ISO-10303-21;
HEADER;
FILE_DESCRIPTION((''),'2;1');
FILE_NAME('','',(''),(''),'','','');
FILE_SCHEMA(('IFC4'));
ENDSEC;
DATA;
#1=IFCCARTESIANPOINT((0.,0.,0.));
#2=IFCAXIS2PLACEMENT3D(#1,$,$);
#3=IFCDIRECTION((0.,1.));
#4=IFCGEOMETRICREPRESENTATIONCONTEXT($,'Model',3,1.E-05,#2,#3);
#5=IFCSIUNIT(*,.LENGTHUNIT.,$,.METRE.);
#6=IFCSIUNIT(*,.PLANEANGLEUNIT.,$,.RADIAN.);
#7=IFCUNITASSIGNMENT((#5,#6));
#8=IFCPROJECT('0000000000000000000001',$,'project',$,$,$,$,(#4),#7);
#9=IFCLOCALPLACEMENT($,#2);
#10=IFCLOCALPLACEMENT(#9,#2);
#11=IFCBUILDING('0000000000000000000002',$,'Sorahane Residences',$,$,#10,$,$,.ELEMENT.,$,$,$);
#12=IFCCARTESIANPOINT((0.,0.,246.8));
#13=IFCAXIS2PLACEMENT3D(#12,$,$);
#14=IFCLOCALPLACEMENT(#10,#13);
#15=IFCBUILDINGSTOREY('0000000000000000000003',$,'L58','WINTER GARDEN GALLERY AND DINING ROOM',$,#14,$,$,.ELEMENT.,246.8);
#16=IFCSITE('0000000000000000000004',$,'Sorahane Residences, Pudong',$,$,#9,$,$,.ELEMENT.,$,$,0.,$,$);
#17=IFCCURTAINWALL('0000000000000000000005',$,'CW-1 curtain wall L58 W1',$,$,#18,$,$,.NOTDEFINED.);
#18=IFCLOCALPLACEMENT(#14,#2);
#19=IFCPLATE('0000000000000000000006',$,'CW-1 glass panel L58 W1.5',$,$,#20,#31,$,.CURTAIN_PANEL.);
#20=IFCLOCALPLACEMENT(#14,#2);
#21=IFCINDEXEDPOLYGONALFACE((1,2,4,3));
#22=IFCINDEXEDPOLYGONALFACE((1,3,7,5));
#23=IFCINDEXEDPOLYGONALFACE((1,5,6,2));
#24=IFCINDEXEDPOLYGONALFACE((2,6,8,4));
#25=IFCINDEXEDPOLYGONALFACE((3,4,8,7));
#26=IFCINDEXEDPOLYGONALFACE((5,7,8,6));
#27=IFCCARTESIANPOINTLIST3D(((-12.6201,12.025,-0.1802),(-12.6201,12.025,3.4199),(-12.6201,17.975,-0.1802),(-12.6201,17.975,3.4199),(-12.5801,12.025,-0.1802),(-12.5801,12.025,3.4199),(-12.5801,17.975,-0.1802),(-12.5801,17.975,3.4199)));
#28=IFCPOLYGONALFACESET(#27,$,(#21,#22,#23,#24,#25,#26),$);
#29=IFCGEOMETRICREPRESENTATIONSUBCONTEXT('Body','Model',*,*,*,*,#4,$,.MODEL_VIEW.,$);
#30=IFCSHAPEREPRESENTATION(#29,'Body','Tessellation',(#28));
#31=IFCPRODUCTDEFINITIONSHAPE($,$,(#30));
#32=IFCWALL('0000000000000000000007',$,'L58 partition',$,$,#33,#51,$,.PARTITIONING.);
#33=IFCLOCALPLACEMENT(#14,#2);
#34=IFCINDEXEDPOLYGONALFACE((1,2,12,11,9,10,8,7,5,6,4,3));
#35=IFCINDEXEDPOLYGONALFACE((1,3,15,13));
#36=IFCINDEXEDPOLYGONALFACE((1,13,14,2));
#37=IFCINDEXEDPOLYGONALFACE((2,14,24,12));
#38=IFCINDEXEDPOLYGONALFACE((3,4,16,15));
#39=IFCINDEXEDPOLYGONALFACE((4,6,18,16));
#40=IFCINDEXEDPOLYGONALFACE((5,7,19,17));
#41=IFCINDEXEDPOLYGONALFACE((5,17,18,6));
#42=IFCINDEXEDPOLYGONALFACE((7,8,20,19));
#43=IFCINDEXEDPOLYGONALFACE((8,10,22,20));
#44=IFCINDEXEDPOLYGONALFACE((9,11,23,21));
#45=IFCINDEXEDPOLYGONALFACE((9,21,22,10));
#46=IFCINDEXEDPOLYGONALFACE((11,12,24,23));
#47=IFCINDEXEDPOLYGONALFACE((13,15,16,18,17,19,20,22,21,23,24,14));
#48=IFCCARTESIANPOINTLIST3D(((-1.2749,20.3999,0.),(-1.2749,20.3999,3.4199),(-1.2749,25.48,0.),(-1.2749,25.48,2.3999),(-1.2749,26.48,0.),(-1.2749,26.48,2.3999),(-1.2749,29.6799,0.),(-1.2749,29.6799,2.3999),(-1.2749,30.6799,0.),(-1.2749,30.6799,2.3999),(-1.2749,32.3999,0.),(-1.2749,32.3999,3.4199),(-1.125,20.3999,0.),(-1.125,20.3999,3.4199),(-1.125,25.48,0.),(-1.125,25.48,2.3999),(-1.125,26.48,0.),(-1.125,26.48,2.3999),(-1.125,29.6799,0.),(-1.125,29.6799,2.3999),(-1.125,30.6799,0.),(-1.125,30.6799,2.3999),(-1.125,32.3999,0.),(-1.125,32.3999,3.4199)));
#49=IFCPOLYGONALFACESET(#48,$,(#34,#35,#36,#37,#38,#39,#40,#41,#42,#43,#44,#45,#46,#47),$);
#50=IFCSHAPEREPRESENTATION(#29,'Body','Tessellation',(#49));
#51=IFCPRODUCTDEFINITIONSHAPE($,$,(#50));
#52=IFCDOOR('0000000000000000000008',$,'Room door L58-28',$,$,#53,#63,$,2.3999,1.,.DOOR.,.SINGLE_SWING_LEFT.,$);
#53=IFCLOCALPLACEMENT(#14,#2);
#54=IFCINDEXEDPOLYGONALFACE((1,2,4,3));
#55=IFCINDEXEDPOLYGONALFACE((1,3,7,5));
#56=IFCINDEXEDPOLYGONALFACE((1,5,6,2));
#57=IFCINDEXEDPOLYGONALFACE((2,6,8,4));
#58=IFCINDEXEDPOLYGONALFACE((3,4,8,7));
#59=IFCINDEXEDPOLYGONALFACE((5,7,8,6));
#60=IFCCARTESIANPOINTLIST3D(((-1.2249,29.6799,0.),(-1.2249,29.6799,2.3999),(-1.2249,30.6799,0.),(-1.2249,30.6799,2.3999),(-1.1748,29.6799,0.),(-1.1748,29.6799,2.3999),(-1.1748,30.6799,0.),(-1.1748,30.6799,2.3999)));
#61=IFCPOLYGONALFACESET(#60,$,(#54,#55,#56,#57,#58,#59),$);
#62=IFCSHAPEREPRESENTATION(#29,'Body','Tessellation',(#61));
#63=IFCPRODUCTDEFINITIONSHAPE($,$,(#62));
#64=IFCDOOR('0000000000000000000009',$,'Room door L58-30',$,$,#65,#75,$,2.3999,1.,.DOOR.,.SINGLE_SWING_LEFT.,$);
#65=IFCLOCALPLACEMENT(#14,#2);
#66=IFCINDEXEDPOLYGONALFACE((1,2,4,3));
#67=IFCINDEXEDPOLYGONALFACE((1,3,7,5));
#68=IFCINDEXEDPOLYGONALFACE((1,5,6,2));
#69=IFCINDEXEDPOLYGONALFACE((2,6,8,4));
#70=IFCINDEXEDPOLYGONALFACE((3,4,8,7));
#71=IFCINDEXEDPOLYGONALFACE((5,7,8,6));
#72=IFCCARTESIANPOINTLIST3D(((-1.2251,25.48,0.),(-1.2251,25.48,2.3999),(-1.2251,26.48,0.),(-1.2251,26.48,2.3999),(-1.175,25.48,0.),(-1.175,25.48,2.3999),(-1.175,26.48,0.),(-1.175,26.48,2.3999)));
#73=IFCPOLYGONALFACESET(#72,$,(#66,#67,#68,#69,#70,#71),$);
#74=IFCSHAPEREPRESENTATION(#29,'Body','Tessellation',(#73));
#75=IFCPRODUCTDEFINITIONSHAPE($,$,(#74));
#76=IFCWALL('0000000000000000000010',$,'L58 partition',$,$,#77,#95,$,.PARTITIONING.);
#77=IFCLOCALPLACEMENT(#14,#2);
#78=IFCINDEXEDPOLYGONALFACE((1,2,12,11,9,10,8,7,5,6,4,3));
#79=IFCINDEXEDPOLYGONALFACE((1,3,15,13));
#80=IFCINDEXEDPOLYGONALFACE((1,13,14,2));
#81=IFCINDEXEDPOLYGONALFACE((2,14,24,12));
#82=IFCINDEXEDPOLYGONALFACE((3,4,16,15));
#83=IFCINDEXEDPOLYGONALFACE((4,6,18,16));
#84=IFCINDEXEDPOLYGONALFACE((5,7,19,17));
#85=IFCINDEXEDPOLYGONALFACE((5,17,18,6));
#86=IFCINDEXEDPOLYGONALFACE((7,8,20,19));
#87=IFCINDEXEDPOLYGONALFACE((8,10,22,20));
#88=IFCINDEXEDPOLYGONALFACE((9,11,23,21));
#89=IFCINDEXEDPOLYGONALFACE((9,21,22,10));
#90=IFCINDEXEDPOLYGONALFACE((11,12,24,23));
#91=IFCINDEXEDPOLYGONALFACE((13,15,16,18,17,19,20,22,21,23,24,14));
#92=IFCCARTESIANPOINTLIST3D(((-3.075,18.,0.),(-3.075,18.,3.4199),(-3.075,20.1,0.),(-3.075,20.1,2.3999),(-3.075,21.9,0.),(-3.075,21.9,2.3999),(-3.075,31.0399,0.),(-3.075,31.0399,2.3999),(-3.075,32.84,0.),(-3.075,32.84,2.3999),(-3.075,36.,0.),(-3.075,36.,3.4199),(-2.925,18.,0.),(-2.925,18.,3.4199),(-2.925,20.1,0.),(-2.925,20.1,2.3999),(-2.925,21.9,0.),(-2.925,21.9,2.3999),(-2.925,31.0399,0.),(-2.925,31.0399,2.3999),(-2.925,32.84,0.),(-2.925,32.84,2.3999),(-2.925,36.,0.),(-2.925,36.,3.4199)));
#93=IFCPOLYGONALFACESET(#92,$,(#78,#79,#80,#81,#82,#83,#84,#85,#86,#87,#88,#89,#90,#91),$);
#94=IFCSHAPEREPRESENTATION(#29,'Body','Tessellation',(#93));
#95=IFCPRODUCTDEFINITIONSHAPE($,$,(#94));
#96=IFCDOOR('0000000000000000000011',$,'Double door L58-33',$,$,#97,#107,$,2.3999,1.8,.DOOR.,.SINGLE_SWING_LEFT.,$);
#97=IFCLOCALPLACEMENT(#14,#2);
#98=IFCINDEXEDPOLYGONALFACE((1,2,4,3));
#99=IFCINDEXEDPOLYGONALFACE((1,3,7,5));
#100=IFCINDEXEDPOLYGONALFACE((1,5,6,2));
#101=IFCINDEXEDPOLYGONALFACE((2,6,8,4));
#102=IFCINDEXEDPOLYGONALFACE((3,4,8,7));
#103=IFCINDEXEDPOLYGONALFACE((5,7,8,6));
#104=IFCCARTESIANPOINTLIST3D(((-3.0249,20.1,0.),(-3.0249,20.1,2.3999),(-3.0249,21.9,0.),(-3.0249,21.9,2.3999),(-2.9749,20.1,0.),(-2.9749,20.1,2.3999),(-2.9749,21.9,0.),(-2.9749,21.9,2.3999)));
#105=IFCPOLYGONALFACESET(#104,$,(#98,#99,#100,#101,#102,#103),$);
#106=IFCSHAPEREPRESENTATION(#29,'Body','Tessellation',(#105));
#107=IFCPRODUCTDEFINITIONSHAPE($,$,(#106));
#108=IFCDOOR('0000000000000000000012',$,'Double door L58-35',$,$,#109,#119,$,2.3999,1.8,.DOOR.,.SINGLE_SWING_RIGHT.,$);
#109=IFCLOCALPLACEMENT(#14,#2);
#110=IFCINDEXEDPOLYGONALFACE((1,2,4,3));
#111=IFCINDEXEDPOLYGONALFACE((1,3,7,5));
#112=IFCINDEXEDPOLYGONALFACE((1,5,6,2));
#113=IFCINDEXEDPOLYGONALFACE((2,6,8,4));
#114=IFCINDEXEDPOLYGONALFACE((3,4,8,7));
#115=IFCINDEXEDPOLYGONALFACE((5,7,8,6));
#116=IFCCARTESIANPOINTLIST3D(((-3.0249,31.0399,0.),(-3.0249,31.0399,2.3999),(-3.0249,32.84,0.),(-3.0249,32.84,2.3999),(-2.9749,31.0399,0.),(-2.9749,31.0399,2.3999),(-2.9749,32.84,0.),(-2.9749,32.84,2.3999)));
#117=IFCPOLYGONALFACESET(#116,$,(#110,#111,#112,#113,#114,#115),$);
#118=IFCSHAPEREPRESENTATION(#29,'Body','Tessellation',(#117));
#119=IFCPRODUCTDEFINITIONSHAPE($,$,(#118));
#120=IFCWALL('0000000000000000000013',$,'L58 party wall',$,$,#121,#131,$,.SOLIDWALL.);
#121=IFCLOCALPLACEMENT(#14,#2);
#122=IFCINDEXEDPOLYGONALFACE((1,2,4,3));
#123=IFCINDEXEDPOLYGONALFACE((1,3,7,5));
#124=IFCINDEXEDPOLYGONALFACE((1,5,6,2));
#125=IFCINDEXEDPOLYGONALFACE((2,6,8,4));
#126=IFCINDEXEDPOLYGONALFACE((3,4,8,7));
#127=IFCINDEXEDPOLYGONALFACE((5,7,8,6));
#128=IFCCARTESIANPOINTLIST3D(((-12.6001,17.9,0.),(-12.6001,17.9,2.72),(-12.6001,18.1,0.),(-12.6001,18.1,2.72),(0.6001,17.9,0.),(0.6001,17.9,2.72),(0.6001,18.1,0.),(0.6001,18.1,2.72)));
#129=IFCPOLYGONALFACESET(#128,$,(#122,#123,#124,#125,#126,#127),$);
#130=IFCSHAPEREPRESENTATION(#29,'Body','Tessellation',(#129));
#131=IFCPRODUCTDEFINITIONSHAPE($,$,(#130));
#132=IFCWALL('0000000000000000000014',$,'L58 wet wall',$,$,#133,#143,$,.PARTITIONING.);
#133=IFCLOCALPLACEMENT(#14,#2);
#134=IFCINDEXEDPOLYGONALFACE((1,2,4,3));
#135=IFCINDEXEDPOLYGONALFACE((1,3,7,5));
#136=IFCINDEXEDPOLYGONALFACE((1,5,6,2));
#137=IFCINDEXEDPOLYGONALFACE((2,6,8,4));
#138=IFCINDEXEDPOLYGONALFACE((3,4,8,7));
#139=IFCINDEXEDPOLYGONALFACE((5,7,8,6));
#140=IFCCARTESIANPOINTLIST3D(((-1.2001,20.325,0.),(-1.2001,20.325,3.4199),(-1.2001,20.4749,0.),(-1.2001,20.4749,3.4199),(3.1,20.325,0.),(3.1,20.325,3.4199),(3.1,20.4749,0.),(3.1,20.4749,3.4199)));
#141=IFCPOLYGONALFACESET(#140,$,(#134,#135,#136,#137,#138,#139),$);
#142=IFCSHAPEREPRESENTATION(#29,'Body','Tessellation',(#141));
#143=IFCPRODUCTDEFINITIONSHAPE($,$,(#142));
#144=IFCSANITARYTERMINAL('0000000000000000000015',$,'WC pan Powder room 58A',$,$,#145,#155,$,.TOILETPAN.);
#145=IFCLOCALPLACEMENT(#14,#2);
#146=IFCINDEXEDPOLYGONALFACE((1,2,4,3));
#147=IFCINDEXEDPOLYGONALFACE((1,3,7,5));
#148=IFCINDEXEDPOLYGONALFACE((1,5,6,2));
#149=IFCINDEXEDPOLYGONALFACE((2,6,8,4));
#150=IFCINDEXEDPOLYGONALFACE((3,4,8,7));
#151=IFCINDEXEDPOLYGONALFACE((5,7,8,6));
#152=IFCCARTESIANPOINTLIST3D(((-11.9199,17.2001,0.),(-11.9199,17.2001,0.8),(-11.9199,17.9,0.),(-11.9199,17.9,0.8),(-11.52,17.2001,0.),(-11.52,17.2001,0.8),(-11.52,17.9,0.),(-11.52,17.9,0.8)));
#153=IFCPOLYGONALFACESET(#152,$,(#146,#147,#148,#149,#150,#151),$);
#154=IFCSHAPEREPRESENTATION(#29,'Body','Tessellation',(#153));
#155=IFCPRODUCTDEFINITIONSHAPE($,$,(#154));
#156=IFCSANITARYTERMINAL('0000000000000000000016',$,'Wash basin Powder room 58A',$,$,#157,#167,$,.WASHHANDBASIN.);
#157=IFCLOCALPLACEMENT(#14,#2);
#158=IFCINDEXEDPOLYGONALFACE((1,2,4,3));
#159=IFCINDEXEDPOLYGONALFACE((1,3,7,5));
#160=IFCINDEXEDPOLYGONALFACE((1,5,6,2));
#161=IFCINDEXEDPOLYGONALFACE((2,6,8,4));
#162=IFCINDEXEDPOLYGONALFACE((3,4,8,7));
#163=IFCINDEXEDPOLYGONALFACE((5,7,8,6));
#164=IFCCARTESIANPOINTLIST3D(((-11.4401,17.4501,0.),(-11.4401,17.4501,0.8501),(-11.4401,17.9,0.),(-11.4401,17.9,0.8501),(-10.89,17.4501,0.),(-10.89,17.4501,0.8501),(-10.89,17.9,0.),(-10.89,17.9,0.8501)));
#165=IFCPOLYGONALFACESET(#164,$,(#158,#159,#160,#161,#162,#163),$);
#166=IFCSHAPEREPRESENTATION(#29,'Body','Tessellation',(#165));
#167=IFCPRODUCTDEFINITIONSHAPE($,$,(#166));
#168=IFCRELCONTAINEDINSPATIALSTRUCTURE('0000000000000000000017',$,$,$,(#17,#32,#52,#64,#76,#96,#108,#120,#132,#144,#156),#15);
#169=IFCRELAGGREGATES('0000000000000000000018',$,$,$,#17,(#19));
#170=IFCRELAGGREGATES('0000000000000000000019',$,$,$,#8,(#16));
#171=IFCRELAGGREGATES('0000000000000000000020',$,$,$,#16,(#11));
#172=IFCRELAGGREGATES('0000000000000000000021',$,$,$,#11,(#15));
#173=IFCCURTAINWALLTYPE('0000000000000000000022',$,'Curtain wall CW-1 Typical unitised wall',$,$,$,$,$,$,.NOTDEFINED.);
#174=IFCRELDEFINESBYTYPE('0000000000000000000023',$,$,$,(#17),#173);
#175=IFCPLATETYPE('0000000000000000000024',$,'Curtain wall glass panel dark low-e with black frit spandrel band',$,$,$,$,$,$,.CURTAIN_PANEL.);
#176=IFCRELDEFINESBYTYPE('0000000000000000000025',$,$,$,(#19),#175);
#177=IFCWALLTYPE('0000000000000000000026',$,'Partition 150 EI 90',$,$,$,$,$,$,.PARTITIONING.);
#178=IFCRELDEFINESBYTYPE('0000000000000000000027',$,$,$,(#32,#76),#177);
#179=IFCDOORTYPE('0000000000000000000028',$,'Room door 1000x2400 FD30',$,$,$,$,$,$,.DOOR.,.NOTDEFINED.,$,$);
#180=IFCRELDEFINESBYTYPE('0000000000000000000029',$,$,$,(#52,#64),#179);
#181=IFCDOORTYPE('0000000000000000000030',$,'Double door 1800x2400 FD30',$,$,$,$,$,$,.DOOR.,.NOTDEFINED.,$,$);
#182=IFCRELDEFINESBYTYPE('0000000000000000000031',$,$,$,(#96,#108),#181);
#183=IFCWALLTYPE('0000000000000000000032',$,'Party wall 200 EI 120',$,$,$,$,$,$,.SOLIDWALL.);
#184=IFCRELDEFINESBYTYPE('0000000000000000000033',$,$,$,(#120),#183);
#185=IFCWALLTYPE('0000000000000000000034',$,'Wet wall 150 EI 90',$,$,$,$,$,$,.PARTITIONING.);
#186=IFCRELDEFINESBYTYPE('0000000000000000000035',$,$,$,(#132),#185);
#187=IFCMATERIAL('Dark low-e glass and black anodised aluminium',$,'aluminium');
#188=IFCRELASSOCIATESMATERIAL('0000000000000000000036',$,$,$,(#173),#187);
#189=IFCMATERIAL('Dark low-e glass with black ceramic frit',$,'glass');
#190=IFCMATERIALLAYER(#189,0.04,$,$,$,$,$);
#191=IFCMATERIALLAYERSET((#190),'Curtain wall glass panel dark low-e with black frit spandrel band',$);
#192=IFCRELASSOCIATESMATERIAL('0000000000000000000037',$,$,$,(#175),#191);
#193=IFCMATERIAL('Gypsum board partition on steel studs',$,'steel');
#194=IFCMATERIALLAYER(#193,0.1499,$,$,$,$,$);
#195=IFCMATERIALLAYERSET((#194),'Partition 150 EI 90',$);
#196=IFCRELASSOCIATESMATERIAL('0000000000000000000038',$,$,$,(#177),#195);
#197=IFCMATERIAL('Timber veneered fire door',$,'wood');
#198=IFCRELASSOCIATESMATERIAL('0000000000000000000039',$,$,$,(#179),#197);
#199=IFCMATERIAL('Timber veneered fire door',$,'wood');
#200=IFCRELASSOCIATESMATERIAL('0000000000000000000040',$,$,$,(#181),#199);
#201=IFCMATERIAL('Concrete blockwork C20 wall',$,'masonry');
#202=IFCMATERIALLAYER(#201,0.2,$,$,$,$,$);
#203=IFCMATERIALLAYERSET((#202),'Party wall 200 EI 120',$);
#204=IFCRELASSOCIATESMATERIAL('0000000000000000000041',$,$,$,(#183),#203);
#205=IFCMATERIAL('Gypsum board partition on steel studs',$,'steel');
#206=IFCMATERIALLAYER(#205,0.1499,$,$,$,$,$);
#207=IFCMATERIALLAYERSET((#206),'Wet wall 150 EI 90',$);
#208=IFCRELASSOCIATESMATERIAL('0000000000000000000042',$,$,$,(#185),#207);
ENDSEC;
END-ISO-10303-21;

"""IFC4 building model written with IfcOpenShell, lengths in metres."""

from ifc_helpers import new_model, si_unit, direction, frame, frame_2d, origin, origin_2d, place, context, subcontext, project, spatial, rectangle, extrude, material, layer, layer_set, type_object, element, fill, aggregate, save


model = new_model("IFC4")

# Units and contexts
model_context = context("Model", 3, precision=1e-05, world=origin(), true_north=direction((0.0, 1.0)))
body_context = subcontext(model_context, "Body", "Model", "MODEL_VIEW")
ifc_project = project(units=[si_unit("LENGTHUNIT", "METRE"), si_unit("PLANEANGLEUNIT", "RADIAN")], contexts=[model_context])

# Site, building, storey
site_placement = place(None, origin())
site = spatial("IfcSite", under=ifc_project, at=site_placement, Name="Sorahane Residences, Pudong", CompositionType="ELEMENT", RefElevation=0.0)
building_placement = place(site_placement, origin())
building = spatial("IfcBuilding", under=site, at=building_placement, Name="Sorahane Residences", CompositionType="ELEMENT")
storey_placement = place(building_placement, frame((0.0, 0.0, 246.8)))
storey = spatial("IfcBuildingStorey", under=building, at=storey_placement, Name="L58", Description="WINTER GARDEN GALLERY AND DINING ROOM", CompositionType="ELEMENT", Elevation=246.8)

# Curtain wall
ifc_material_1 = material(Name="Dark low-e glass and black anodised aluminium", Category="aluminium")
curtain_wall_type = type_object("IfcCurtainWallType", Name="Curtain wall CW-1 Typical unitised wall", PredefinedType="NOTDEFINED", material=ifc_material_1)
curtain_wall_placement = place(storey_placement, origin())
curtain_wall = element("IfcCurtainWall", 1, at=curtain_wall_placement, inside=storey, type_object=curtain_wall_type, Name="CW-1 curtain wall L58 W1", PredefinedType="NOTDEFINED")

# Plate
ifc_material_2 = material(Name="Dark low-e glass with black ceramic frit", Category="glass")
ifc_layer_1 = layer(ifc_material_2, 0.04)
ifc_layer_set_1 = layer_set([ifc_layer_1], Name="Curtain wall glass panel dark low-e with black frit spandrel band")
plate_type = type_object("IfcPlateType", Name="Curtain wall glass panel dark low-e with black frit spandrel band", PredefinedType="CURTAIN_PANEL", material=ifc_layer_set_1)
plate_1_placement = place(storey_placement, frame((-12.6001, 15.0, -0.1802), z_axis=(0.0, 0.0, 1.0), x_axis=(0.0, -1.0, 0.0)))
plate_1 = element("IfcPlate", 2, at=plate_1_placement, type_object=plate_type, Name="CW-1 glass panel L58 W1.5", PredefinedType="CURTAIN_PANEL", context=body_context, shape_type="SweptSolid", body=[
    extrude(rectangle(XDim=5.95, YDim=0.04, at=origin_2d()), origin(), (0.0, 0.0, 1.0), 3.6001),
])
aggregate(curtain_wall, [plate_1])

# Walls, openings, doors
ifc_material_3 = material(Name="Gypsum board partition on steel studs", Category="steel")
ifc_layer_2 = layer(ifc_material_3, 0.1499)
ifc_layer_set_2 = layer_set([ifc_layer_2], Name="Partition 150 EI 90")
wall_type_1 = type_object("IfcWallType", Name="Partition 150 EI 90", PredefinedType="PARTITIONING", material=ifc_layer_set_2)
wall_1_placement = place(storey_placement, frame((-1.2, 20.3999, 0.0), z_axis=(0.0, 0.0, 1.0), x_axis=(0.0, 1.0, 0.0)))
wall_1 = element("IfcWall", 3, at=wall_1_placement, inside=storey, type_object=wall_type_1, Name="L58 partition", PredefinedType="PARTITIONING", context=body_context, shape_type="SweptSolid", body=[
    extrude(rectangle(XDim=12.0, YDim=0.1499, at=frame_2d((6.0, 0.0))), origin(), (0.0, 0.0, 1.0), 3.4199),
])
opening_1_placement = place(wall_1_placement, frame((9.28, 0.0, 0.0)))
opening_1 = element("IfcOpeningElement", 4, at=opening_1_placement, cuts=wall_1, PredefinedType="OPENING", context=body_context, shape_type="SweptSolid", body=[
    extrude(rectangle(XDim=1.0, YDim=2.3999, at=frame_2d((0.5, 1.2))), frame((0.0, 0.085, 0.0), z_axis=(0.0, -1.0, 0.0), x_axis=(1.0, 0.0, 0.0)), (0.0, 0.0, 1.0), 0.1699),
])
opening_2_placement = place(wall_1_placement, frame((5.0801, 0.0, 0.0)))
opening_2 = element("IfcOpeningElement", 5, at=opening_2_placement, cuts=wall_1, PredefinedType="OPENING", context=body_context, shape_type="SweptSolid", body=[
    extrude(rectangle(XDim=1.0, YDim=2.3999, at=frame_2d((0.5, 1.2))), frame((0.0, 0.085, 0.0), z_axis=(0.0, -1.0, 0.0), x_axis=(1.0, 0.0, 0.0)), (0.0, 0.0, 1.0), 0.1699),
])
ifc_material_4 = material(Name="Timber veneered fire door", Category="wood")
door_type_1 = type_object("IfcDoorType", Name="Room door 1000x2400 FD30", OperationType="NOTDEFINED", PredefinedType="DOOR", material=ifc_material_4)
door_1_placement = place(opening_1_placement, origin())
door_1 = element("IfcDoor", 6, at=door_1_placement, inside=storey, type_object=door_type_1, Name="Room door L58-28", OperationType="SINGLE_SWING_LEFT", OverallHeight=2.3999, OverallWidth=1.0, PredefinedType="DOOR", context=body_context, shape_type="SweptSolid", body=[
    extrude(rectangle(XDim=1.0, YDim=2.3999, at=frame_2d((0.5, 1.2))), frame((0.0, 0.0249, 0.0), z_axis=(0.0, -1.0, 0.0), x_axis=(1.0, 0.0, 0.0)), (0.0, 0.0, 1.0), 0.05),
])
fill(opening_1, door_1)
door_2_placement = place(opening_2_placement, frame((1.0, 0.0, 0.0), z_axis=(0.0, 0.0, 1.0), x_axis=(-1.0, 0.0, 0.0)))
door_2 = element("IfcDoor", 7, at=door_2_placement, inside=storey, type_object=door_type_1, Name="Room door L58-30", OperationType="SINGLE_SWING_LEFT", OverallHeight=2.3999, OverallWidth=1.0, PredefinedType="DOOR", context=body_context, shape_type="SweptSolid", body=[
    extrude(rectangle(XDim=1.0, YDim=2.3999, at=frame_2d((0.5, 1.2))), frame((0.0, 0.0249, 0.0), z_axis=(0.0, -1.0, 0.0), x_axis=(1.0, 0.0, 0.0)), (0.0, 0.0, 1.0), 0.05),
])
fill(opening_2, door_2)
wall_2_placement = place(storey_placement, frame((-3.0, 18.0, 0.0), z_axis=(0.0, 0.0, 1.0), x_axis=(0.0, 1.0, 0.0)))
wall_2 = element("IfcWall", 8, at=wall_2_placement, inside=storey, type_object=wall_type_1, Name="L58 partition", PredefinedType="PARTITIONING", context=body_context, shape_type="SweptSolid", body=[
    extrude(rectangle(XDim=18.0, YDim=0.1499, at=frame_2d((9.0, 0.0))), origin(), (0.0, 0.0, 1.0), 3.4199),
])
opening_3_placement = place(wall_2_placement, frame((2.1001, 0.0, 0.0)))
opening_3 = element("IfcOpeningElement", 9, at=opening_3_placement, cuts=wall_2, PredefinedType="OPENING", context=body_context, shape_type="SweptSolid", body=[
    extrude(rectangle(XDim=1.8, YDim=2.3999, at=frame_2d((0.8999, 1.2))), frame((0.0, 0.085, 0.0), z_axis=(0.0, -1.0, 0.0), x_axis=(1.0, 0.0, 0.0)), (0.0, 0.0, 1.0), 0.1699),
])
opening_4_placement = place(wall_2_placement, frame((13.04, 0.0, 0.0)))
opening_4 = element("IfcOpeningElement", 10, at=opening_4_placement, cuts=wall_2, PredefinedType="OPENING", context=body_context, shape_type="SweptSolid", body=[
    extrude(rectangle(XDim=1.8, YDim=2.3999, at=frame_2d((0.8999, 1.2))), frame((0.0, 0.085, 0.0), z_axis=(0.0, -1.0, 0.0), x_axis=(1.0, 0.0, 0.0)), (0.0, 0.0, 1.0), 0.1699),
])
ifc_material_5 = material(Name="Timber veneered fire door", Category="wood")
door_type_2 = type_object("IfcDoorType", Name="Double door 1800x2400 FD30", OperationType="NOTDEFINED", PredefinedType="DOOR", material=ifc_material_5)
door_3_placement = place(opening_3_placement, origin())
door_3 = element("IfcDoor", 11, at=door_3_placement, inside=storey, type_object=door_type_2, Name="Double door L58-33", OperationType="SINGLE_SWING_LEFT", OverallHeight=2.3999, OverallWidth=1.8, PredefinedType="DOOR", context=body_context, shape_type="SweptSolid", body=[
    extrude(rectangle(XDim=1.8, YDim=2.3999, at=frame_2d((0.8999, 1.2))), frame((0.0, 0.0249, 0.0), z_axis=(0.0, -1.0, 0.0), x_axis=(1.0, 0.0, 0.0)), (0.0, 0.0, 1.0), 0.05),
])
fill(opening_3, door_3)
door_4_placement = place(opening_4_placement, origin())
door_4 = element("IfcDoor", 12, at=door_4_placement, inside=storey, type_object=door_type_2, Name="Double door L58-35", OperationType="SINGLE_SWING_RIGHT", OverallHeight=2.3999, OverallWidth=1.8, PredefinedType="DOOR", context=body_context, shape_type="SweptSolid", body=[
    extrude(rectangle(XDim=1.8, YDim=2.3999, at=frame_2d((0.8999, 1.2))), frame((0.0, 0.0249, 0.0), z_axis=(0.0, -1.0, 0.0), x_axis=(1.0, 0.0, 0.0)), (0.0, 0.0, 1.0), 0.05),
])
fill(opening_4, door_4)

# Wall
ifc_material_6 = material(Name="Concrete blockwork C20 wall", Category="masonry")
ifc_layer_3 = layer(ifc_material_6, 0.2)
ifc_layer_set_3 = layer_set([ifc_layer_3], Name="Party wall 200 EI 120")
wall_type_2 = type_object("IfcWallType", Name="Party wall 200 EI 120", PredefinedType="SOLIDWALL", material=ifc_layer_set_3)
wall_3_placement = place(storey_placement, frame((-12.6001, 18.0, 0.0), z_axis=(0.0, 0.0, 1.0), x_axis=(1.0, 0.0, 0.0)))
element("IfcWall", 13, at=wall_3_placement, inside=storey, type_object=wall_type_2, Name="L58 party wall", PredefinedType="SOLIDWALL", context=body_context, shape_type="SweptSolid", body=[
    extrude(rectangle(XDim=13.2002, YDim=0.2, at=frame_2d((6.6001, 0.0))), origin(), (0.0, 0.0, 1.0), 2.72),
])

# Shared definitions
ifc_material_7 = material(Name="Gypsum board partition on steel studs", Category="steel")
ifc_layer_4 = layer(ifc_material_7, 0.1499)
ifc_layer_set_4 = layer_set([ifc_layer_4], Name="Wet wall 150 EI 90")
wall_type_3 = type_object("IfcWallType", Name="Wet wall 150 EI 90", PredefinedType="PARTITIONING", material=ifc_layer_set_4)

# Wall
wall_4_placement = place(storey_placement, frame((-1.2, 20.3999, 0.0), z_axis=(0.0, 0.0, 1.0), x_axis=(1.0, 0.0, 0.0)))
element("IfcWall", 14, at=wall_4_placement, inside=storey, type_object=wall_type_3, Name="L58 wet wall", PredefinedType="PARTITIONING", context=body_context, shape_type="SweptSolid", body=[
    extrude(rectangle(XDim=4.3, YDim=0.1499, at=frame_2d((2.1499, 0.0))), origin(), (0.0, 0.0, 1.0), 3.4199),
])

# Sanitary terminals
sanitary_terminal_1_placement = place(storey_placement, frame((-11.72, 17.55, 0.0), z_axis=(0.0, 0.0, 1.0), x_axis=(1.0, 0.0, 0.0)))
element("IfcSanitaryTerminal", 15, at=sanitary_terminal_1_placement, inside=storey, Name="WC pan Powder room 58A", PredefinedType="TOILETPAN", context=body_context, shape_type="SweptSolid", body=[
    extrude(rectangle(XDim=0.3999, YDim=0.7, at=origin_2d()), origin(), (0.0, 0.0, 1.0), 0.8),
])
sanitary_terminal_2_placement = place(storey_placement, frame((-11.165, 17.675, 0.0), z_axis=(0.0, 0.0, 1.0), x_axis=(1.0, 0.0, 0.0)))
element("IfcSanitaryTerminal", 16, at=sanitary_terminal_2_placement, inside=storey, Name="Wash basin Powder room 58A", PredefinedType="WASHHANDBASIN", context=body_context, shape_type="SweptSolid", body=[
    extrude(rectangle(XDim=0.55, YDim=0.45, at=origin_2d()), origin(), (0.0, 0.0, 1.0), 0.8501),
])

save(model, "model.ifc")
